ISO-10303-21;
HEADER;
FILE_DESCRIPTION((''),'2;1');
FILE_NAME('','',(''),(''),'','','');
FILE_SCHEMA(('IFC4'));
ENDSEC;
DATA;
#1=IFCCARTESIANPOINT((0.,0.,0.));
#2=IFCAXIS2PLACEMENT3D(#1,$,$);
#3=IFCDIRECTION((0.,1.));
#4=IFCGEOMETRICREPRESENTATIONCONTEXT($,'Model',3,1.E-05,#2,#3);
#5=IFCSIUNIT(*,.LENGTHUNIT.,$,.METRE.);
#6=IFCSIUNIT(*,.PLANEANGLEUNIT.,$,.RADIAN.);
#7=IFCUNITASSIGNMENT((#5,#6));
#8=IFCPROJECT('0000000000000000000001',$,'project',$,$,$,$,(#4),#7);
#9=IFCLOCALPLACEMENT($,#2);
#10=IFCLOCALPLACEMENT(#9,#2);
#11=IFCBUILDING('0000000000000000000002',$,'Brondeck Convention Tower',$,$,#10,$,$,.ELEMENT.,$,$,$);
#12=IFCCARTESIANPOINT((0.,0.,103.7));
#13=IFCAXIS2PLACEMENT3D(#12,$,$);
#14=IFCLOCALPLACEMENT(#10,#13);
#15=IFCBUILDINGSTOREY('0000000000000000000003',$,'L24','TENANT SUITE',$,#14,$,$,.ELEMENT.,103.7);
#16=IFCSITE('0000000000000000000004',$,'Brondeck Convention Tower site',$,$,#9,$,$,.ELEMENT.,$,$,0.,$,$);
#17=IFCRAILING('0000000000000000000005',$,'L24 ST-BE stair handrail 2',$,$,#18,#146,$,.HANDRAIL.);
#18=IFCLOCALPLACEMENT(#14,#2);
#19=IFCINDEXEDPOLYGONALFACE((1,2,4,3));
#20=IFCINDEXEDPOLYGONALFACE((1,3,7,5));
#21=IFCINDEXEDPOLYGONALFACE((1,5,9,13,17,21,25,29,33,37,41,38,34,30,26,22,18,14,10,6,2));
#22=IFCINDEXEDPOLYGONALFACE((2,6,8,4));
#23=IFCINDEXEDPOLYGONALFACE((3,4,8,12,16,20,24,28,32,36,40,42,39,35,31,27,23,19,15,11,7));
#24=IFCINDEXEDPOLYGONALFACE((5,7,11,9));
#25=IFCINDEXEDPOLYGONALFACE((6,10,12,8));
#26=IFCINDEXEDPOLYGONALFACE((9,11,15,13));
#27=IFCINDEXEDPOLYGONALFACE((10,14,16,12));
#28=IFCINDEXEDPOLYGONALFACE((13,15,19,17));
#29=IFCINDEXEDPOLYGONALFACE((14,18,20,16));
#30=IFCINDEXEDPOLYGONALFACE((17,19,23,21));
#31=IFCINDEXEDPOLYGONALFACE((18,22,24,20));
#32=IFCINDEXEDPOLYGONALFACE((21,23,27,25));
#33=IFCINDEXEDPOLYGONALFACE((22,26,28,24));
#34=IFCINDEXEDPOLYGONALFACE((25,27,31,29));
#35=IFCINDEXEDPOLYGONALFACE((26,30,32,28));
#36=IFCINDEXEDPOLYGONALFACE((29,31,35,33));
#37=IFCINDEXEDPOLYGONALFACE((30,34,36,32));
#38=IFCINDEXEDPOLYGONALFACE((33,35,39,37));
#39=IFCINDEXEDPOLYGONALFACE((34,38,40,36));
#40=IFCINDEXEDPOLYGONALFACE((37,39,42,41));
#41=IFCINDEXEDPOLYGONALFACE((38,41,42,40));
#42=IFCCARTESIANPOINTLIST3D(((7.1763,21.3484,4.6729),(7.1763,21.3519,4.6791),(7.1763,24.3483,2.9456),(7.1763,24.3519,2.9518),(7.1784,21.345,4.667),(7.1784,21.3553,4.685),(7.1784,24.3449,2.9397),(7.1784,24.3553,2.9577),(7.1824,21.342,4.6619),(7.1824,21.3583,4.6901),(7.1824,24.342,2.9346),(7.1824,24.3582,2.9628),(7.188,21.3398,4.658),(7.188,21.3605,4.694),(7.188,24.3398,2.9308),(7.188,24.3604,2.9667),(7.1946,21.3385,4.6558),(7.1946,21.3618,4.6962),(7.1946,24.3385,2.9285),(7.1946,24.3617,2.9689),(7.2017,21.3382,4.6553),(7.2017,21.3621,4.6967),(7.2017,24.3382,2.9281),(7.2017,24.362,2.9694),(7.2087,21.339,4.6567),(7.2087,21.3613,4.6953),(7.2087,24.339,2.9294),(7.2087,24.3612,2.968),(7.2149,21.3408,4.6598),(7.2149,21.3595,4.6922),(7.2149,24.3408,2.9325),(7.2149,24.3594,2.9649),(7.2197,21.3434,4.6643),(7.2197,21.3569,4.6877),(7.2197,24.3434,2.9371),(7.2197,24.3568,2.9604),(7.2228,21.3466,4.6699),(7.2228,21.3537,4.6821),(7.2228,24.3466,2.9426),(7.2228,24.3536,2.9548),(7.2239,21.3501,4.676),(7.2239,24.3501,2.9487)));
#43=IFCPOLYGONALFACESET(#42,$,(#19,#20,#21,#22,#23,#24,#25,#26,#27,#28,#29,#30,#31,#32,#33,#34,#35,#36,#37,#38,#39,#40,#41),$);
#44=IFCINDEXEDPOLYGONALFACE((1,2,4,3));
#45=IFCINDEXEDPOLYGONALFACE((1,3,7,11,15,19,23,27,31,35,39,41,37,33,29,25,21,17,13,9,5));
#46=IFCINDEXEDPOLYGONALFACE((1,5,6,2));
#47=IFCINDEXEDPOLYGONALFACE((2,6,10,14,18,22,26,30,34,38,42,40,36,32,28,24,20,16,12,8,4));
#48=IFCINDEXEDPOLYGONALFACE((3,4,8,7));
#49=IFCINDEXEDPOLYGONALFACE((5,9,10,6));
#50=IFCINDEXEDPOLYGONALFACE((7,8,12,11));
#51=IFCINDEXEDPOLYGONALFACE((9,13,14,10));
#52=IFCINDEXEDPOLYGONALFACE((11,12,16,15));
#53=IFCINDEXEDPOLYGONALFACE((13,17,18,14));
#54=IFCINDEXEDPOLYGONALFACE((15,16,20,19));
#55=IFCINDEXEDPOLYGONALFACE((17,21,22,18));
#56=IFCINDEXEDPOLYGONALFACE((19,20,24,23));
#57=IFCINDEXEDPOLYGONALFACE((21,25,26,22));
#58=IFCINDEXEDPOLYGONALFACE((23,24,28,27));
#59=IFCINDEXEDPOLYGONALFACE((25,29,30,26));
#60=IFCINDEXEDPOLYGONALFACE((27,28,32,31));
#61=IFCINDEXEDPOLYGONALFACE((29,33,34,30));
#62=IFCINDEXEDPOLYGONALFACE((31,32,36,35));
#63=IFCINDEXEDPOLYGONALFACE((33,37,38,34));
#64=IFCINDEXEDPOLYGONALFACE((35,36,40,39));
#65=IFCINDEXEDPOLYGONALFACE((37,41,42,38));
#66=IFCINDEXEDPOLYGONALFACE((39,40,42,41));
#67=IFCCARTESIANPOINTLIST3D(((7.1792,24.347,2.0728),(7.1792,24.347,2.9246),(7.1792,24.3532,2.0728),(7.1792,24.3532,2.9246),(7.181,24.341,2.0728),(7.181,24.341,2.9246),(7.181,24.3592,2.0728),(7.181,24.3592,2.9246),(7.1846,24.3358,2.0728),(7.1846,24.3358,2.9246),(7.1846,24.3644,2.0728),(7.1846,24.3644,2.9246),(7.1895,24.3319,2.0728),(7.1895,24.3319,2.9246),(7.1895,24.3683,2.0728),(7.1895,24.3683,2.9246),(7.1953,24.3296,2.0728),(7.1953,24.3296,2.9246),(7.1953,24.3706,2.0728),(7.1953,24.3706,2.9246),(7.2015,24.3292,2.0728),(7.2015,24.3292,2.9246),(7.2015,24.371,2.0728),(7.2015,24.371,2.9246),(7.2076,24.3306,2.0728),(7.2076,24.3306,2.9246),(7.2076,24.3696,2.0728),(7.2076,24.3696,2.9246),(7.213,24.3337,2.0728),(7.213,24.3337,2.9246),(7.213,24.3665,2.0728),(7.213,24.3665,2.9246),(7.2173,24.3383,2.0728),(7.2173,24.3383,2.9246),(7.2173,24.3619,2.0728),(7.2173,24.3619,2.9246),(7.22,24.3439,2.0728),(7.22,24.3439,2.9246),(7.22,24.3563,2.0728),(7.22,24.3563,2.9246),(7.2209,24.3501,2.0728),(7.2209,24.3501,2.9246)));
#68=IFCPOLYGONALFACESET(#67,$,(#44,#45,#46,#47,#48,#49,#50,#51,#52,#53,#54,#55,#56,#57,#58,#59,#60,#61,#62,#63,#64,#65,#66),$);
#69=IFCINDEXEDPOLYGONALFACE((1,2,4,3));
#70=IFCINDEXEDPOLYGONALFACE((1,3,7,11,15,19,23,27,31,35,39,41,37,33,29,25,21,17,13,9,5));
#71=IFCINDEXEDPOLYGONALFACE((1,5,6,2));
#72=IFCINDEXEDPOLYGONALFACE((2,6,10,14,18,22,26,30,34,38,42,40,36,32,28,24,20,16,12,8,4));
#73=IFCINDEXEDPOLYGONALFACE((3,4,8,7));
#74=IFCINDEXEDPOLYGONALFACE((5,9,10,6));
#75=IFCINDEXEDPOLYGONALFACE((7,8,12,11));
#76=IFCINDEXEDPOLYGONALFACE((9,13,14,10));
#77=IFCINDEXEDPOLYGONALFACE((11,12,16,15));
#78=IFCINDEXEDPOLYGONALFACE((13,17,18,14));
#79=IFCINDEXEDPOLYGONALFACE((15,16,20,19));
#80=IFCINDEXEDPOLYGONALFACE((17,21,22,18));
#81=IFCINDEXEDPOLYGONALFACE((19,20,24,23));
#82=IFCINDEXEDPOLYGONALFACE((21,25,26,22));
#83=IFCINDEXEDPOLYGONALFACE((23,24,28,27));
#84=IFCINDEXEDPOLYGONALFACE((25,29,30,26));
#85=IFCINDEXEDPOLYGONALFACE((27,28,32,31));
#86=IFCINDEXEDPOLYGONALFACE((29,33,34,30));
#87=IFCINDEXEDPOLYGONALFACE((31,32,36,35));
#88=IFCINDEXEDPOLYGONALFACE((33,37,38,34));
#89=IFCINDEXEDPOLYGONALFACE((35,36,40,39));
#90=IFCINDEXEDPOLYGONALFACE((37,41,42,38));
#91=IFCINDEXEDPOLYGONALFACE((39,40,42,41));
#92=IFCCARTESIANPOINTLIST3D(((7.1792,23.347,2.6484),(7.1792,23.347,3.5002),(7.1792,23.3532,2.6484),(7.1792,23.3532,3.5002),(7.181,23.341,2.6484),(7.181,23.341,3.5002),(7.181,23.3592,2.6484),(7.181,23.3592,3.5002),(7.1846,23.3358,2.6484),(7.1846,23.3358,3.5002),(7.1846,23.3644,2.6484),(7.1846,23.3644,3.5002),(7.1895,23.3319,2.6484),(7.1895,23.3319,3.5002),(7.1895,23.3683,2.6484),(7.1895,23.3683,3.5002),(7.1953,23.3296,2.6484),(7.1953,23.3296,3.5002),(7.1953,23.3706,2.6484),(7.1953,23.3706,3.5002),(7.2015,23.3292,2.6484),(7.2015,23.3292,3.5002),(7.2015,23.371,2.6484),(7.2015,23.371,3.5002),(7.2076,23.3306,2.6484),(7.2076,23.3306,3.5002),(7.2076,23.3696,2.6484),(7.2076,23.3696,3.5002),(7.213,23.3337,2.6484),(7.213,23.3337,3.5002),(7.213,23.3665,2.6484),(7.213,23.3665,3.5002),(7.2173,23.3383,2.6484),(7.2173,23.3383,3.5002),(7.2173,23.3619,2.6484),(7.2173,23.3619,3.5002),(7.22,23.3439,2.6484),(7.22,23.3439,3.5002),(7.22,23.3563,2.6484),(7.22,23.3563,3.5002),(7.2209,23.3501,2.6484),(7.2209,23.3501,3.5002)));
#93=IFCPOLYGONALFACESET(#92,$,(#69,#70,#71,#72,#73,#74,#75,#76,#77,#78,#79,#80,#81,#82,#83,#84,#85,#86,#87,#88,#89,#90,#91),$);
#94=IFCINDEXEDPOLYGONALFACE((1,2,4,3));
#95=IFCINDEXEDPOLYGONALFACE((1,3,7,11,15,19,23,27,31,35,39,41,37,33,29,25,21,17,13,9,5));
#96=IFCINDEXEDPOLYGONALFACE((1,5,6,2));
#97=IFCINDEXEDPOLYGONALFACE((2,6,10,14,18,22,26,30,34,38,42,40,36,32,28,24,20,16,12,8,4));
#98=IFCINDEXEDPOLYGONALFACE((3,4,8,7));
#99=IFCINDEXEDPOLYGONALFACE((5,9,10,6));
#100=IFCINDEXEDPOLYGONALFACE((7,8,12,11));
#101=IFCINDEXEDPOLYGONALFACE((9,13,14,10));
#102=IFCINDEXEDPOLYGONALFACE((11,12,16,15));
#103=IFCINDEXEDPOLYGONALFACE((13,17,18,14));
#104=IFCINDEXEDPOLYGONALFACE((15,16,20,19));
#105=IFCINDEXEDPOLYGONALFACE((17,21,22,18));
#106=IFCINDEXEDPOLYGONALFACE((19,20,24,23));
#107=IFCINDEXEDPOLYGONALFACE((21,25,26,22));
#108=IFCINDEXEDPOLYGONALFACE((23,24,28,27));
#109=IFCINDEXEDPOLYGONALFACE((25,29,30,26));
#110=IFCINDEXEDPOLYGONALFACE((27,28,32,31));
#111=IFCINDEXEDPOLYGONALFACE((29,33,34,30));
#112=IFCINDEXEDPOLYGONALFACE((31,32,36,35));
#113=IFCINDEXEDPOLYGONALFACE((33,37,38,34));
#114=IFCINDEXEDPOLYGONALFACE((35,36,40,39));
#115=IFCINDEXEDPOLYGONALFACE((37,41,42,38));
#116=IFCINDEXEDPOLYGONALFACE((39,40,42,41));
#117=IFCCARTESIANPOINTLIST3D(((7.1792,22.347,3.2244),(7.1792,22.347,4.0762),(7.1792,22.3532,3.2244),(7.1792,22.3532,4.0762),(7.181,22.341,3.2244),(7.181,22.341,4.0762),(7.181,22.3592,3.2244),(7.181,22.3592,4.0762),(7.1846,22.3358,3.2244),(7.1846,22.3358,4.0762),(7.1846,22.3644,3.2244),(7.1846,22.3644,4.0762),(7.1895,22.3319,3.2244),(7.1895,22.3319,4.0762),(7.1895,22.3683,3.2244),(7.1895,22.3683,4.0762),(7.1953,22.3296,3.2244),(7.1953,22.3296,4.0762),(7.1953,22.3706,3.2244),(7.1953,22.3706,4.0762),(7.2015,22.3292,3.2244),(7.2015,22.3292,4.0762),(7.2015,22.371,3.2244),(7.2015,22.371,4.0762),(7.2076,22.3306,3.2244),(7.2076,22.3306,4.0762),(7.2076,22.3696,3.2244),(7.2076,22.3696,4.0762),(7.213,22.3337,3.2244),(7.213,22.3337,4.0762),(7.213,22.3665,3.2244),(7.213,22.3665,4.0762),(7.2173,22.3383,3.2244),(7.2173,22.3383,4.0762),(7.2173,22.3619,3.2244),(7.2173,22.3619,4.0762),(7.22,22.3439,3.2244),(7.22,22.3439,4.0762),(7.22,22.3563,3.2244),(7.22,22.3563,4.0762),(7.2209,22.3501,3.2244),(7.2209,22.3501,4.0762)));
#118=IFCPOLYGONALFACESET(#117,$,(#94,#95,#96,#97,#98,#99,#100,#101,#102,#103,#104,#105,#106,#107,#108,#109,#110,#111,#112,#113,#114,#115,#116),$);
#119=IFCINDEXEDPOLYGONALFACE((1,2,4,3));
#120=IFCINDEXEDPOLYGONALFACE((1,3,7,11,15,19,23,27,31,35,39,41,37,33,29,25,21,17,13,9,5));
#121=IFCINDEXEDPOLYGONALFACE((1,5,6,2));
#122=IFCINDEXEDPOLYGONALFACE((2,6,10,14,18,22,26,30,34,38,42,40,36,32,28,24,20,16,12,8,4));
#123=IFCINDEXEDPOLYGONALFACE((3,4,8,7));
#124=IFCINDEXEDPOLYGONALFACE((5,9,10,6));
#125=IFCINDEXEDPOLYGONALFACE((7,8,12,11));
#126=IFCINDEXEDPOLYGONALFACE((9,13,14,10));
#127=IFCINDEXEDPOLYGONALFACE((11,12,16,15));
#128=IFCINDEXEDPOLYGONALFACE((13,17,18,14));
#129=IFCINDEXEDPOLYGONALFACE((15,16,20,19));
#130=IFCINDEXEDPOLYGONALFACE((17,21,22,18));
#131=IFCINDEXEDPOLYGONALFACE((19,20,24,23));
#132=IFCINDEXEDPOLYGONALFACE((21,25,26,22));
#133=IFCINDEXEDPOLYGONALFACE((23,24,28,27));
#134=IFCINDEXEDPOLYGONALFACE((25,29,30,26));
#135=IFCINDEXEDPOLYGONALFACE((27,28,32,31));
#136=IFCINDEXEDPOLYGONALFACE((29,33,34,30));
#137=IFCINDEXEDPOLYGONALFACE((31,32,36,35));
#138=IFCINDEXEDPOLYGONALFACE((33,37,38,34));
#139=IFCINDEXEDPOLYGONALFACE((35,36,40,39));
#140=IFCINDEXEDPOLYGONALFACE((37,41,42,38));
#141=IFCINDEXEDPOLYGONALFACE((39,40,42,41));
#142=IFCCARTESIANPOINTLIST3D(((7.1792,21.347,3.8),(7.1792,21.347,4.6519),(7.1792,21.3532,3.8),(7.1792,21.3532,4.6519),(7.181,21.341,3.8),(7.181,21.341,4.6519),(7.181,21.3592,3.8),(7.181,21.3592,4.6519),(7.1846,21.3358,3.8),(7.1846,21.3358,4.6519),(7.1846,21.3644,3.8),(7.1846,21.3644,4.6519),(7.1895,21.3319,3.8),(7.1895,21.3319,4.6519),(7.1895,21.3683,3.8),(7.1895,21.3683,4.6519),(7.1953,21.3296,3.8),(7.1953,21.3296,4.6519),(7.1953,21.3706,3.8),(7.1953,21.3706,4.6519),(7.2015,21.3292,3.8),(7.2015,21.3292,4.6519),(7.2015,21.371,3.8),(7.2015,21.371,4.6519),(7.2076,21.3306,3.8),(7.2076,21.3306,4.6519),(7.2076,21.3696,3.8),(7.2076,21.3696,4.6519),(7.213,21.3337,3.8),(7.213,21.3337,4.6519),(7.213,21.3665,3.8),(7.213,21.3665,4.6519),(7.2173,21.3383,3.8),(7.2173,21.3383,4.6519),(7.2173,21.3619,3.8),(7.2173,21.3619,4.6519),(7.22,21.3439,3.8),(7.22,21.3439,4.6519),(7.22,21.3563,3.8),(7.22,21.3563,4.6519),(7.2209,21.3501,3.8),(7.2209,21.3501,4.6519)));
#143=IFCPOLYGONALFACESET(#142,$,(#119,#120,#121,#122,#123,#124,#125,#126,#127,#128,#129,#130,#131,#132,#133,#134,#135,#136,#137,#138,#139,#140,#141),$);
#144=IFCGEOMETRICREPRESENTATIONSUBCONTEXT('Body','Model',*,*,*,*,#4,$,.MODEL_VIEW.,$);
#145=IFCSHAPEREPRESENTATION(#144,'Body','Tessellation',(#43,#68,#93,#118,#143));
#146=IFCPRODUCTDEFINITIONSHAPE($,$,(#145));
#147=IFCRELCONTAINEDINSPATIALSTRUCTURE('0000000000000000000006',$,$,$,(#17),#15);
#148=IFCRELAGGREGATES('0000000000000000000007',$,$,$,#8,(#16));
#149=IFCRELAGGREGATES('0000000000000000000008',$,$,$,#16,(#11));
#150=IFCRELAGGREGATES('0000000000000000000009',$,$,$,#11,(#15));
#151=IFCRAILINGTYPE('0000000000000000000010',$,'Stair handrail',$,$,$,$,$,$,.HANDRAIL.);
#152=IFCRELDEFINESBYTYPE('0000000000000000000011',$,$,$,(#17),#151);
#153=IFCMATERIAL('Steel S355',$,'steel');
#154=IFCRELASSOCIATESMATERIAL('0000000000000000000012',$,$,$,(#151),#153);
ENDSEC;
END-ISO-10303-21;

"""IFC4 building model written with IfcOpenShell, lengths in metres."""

from ifc_helpers import new_model, si_unit, direction, frame, origin, origin_2d, place, context, subcontext, project, spatial, circle, extrude, material, type_object, element, save


model = new_model("IFC4")

# Units and contexts
model_context = context("Model", 3, precision=1e-05, world=origin(), true_north=direction((0.0, 1.0)))
body_context = subcontext(model_context, "Body", "Model", "MODEL_VIEW")
ifc_project = project(units=[si_unit("LENGTHUNIT", "METRE"), si_unit("PLANEANGLEUNIT", "RADIAN")], contexts=[model_context])

# Site, building, storey
site_placement = place(None, origin())
site = spatial("IfcSite", under=ifc_project, at=site_placement, Name="Brondeck Convention Tower site", CompositionType="ELEMENT", RefElevation=0.0)
building_placement = place(site_placement, origin())
building = spatial("IfcBuilding", under=site, at=building_placement, Name="Brondeck Convention Tower", CompositionType="ELEMENT")
storey_placement = place(building_placement, frame((0.0, 0.0, 103.7)))
storey = spatial("IfcBuildingStorey", under=building, at=storey_placement, Name="L24", Description="TENANT SUITE", CompositionType="ELEMENT", Elevation=103.7)

# Shared definitions
ifc_material_1 = material(Name="Steel S355", Category="steel")

# Railing
railing_type_1 = type_object("IfcRailingType", Name="Stair handrail", PredefinedType="HANDRAIL", material=ifc_material_1)
railing_1_placement = place(storey_placement, frame((7.2, 24.3501, 2.0728)))
element("IfcRailing", 1, at=railing_1_placement, inside=storey, type_object=railing_type_1, Name="L24 ST-BE stair handrail 2", PredefinedType="HANDRAIL", context=body_context, shape_type="SweptSolid", body=[
    extrude(circle(Radius=0.0239, at=origin_2d()), frame((0.0, 0.0, 0.876), z_axis=(0.0, -0.86662, 0.498969), x_axis=(1.0, 0.0, 0.0)), (0.0, 0.0, 1.0), 3.4617),
    extrude(circle(Radius=0.021, at=origin_2d()), origin(), (0.0, 0.0, 1.0), 0.8518),
    extrude(circle(Radius=0.021, at=origin_2d()), frame((0.0, -1.0, 0.5757)), (0.0, 0.0, 1.0), 0.8518),
    extrude(circle(Radius=0.021, at=origin_2d()), frame((0.0, -2.0, 1.1516)), (0.0, 0.0, 1.0), 0.8518),
    extrude(circle(Radius=0.021, at=origin_2d()), frame((0.0, -3.0, 1.7273)), (0.0, 0.0, 1.0), 0.8518),
])

save(model, "model.ifc")
